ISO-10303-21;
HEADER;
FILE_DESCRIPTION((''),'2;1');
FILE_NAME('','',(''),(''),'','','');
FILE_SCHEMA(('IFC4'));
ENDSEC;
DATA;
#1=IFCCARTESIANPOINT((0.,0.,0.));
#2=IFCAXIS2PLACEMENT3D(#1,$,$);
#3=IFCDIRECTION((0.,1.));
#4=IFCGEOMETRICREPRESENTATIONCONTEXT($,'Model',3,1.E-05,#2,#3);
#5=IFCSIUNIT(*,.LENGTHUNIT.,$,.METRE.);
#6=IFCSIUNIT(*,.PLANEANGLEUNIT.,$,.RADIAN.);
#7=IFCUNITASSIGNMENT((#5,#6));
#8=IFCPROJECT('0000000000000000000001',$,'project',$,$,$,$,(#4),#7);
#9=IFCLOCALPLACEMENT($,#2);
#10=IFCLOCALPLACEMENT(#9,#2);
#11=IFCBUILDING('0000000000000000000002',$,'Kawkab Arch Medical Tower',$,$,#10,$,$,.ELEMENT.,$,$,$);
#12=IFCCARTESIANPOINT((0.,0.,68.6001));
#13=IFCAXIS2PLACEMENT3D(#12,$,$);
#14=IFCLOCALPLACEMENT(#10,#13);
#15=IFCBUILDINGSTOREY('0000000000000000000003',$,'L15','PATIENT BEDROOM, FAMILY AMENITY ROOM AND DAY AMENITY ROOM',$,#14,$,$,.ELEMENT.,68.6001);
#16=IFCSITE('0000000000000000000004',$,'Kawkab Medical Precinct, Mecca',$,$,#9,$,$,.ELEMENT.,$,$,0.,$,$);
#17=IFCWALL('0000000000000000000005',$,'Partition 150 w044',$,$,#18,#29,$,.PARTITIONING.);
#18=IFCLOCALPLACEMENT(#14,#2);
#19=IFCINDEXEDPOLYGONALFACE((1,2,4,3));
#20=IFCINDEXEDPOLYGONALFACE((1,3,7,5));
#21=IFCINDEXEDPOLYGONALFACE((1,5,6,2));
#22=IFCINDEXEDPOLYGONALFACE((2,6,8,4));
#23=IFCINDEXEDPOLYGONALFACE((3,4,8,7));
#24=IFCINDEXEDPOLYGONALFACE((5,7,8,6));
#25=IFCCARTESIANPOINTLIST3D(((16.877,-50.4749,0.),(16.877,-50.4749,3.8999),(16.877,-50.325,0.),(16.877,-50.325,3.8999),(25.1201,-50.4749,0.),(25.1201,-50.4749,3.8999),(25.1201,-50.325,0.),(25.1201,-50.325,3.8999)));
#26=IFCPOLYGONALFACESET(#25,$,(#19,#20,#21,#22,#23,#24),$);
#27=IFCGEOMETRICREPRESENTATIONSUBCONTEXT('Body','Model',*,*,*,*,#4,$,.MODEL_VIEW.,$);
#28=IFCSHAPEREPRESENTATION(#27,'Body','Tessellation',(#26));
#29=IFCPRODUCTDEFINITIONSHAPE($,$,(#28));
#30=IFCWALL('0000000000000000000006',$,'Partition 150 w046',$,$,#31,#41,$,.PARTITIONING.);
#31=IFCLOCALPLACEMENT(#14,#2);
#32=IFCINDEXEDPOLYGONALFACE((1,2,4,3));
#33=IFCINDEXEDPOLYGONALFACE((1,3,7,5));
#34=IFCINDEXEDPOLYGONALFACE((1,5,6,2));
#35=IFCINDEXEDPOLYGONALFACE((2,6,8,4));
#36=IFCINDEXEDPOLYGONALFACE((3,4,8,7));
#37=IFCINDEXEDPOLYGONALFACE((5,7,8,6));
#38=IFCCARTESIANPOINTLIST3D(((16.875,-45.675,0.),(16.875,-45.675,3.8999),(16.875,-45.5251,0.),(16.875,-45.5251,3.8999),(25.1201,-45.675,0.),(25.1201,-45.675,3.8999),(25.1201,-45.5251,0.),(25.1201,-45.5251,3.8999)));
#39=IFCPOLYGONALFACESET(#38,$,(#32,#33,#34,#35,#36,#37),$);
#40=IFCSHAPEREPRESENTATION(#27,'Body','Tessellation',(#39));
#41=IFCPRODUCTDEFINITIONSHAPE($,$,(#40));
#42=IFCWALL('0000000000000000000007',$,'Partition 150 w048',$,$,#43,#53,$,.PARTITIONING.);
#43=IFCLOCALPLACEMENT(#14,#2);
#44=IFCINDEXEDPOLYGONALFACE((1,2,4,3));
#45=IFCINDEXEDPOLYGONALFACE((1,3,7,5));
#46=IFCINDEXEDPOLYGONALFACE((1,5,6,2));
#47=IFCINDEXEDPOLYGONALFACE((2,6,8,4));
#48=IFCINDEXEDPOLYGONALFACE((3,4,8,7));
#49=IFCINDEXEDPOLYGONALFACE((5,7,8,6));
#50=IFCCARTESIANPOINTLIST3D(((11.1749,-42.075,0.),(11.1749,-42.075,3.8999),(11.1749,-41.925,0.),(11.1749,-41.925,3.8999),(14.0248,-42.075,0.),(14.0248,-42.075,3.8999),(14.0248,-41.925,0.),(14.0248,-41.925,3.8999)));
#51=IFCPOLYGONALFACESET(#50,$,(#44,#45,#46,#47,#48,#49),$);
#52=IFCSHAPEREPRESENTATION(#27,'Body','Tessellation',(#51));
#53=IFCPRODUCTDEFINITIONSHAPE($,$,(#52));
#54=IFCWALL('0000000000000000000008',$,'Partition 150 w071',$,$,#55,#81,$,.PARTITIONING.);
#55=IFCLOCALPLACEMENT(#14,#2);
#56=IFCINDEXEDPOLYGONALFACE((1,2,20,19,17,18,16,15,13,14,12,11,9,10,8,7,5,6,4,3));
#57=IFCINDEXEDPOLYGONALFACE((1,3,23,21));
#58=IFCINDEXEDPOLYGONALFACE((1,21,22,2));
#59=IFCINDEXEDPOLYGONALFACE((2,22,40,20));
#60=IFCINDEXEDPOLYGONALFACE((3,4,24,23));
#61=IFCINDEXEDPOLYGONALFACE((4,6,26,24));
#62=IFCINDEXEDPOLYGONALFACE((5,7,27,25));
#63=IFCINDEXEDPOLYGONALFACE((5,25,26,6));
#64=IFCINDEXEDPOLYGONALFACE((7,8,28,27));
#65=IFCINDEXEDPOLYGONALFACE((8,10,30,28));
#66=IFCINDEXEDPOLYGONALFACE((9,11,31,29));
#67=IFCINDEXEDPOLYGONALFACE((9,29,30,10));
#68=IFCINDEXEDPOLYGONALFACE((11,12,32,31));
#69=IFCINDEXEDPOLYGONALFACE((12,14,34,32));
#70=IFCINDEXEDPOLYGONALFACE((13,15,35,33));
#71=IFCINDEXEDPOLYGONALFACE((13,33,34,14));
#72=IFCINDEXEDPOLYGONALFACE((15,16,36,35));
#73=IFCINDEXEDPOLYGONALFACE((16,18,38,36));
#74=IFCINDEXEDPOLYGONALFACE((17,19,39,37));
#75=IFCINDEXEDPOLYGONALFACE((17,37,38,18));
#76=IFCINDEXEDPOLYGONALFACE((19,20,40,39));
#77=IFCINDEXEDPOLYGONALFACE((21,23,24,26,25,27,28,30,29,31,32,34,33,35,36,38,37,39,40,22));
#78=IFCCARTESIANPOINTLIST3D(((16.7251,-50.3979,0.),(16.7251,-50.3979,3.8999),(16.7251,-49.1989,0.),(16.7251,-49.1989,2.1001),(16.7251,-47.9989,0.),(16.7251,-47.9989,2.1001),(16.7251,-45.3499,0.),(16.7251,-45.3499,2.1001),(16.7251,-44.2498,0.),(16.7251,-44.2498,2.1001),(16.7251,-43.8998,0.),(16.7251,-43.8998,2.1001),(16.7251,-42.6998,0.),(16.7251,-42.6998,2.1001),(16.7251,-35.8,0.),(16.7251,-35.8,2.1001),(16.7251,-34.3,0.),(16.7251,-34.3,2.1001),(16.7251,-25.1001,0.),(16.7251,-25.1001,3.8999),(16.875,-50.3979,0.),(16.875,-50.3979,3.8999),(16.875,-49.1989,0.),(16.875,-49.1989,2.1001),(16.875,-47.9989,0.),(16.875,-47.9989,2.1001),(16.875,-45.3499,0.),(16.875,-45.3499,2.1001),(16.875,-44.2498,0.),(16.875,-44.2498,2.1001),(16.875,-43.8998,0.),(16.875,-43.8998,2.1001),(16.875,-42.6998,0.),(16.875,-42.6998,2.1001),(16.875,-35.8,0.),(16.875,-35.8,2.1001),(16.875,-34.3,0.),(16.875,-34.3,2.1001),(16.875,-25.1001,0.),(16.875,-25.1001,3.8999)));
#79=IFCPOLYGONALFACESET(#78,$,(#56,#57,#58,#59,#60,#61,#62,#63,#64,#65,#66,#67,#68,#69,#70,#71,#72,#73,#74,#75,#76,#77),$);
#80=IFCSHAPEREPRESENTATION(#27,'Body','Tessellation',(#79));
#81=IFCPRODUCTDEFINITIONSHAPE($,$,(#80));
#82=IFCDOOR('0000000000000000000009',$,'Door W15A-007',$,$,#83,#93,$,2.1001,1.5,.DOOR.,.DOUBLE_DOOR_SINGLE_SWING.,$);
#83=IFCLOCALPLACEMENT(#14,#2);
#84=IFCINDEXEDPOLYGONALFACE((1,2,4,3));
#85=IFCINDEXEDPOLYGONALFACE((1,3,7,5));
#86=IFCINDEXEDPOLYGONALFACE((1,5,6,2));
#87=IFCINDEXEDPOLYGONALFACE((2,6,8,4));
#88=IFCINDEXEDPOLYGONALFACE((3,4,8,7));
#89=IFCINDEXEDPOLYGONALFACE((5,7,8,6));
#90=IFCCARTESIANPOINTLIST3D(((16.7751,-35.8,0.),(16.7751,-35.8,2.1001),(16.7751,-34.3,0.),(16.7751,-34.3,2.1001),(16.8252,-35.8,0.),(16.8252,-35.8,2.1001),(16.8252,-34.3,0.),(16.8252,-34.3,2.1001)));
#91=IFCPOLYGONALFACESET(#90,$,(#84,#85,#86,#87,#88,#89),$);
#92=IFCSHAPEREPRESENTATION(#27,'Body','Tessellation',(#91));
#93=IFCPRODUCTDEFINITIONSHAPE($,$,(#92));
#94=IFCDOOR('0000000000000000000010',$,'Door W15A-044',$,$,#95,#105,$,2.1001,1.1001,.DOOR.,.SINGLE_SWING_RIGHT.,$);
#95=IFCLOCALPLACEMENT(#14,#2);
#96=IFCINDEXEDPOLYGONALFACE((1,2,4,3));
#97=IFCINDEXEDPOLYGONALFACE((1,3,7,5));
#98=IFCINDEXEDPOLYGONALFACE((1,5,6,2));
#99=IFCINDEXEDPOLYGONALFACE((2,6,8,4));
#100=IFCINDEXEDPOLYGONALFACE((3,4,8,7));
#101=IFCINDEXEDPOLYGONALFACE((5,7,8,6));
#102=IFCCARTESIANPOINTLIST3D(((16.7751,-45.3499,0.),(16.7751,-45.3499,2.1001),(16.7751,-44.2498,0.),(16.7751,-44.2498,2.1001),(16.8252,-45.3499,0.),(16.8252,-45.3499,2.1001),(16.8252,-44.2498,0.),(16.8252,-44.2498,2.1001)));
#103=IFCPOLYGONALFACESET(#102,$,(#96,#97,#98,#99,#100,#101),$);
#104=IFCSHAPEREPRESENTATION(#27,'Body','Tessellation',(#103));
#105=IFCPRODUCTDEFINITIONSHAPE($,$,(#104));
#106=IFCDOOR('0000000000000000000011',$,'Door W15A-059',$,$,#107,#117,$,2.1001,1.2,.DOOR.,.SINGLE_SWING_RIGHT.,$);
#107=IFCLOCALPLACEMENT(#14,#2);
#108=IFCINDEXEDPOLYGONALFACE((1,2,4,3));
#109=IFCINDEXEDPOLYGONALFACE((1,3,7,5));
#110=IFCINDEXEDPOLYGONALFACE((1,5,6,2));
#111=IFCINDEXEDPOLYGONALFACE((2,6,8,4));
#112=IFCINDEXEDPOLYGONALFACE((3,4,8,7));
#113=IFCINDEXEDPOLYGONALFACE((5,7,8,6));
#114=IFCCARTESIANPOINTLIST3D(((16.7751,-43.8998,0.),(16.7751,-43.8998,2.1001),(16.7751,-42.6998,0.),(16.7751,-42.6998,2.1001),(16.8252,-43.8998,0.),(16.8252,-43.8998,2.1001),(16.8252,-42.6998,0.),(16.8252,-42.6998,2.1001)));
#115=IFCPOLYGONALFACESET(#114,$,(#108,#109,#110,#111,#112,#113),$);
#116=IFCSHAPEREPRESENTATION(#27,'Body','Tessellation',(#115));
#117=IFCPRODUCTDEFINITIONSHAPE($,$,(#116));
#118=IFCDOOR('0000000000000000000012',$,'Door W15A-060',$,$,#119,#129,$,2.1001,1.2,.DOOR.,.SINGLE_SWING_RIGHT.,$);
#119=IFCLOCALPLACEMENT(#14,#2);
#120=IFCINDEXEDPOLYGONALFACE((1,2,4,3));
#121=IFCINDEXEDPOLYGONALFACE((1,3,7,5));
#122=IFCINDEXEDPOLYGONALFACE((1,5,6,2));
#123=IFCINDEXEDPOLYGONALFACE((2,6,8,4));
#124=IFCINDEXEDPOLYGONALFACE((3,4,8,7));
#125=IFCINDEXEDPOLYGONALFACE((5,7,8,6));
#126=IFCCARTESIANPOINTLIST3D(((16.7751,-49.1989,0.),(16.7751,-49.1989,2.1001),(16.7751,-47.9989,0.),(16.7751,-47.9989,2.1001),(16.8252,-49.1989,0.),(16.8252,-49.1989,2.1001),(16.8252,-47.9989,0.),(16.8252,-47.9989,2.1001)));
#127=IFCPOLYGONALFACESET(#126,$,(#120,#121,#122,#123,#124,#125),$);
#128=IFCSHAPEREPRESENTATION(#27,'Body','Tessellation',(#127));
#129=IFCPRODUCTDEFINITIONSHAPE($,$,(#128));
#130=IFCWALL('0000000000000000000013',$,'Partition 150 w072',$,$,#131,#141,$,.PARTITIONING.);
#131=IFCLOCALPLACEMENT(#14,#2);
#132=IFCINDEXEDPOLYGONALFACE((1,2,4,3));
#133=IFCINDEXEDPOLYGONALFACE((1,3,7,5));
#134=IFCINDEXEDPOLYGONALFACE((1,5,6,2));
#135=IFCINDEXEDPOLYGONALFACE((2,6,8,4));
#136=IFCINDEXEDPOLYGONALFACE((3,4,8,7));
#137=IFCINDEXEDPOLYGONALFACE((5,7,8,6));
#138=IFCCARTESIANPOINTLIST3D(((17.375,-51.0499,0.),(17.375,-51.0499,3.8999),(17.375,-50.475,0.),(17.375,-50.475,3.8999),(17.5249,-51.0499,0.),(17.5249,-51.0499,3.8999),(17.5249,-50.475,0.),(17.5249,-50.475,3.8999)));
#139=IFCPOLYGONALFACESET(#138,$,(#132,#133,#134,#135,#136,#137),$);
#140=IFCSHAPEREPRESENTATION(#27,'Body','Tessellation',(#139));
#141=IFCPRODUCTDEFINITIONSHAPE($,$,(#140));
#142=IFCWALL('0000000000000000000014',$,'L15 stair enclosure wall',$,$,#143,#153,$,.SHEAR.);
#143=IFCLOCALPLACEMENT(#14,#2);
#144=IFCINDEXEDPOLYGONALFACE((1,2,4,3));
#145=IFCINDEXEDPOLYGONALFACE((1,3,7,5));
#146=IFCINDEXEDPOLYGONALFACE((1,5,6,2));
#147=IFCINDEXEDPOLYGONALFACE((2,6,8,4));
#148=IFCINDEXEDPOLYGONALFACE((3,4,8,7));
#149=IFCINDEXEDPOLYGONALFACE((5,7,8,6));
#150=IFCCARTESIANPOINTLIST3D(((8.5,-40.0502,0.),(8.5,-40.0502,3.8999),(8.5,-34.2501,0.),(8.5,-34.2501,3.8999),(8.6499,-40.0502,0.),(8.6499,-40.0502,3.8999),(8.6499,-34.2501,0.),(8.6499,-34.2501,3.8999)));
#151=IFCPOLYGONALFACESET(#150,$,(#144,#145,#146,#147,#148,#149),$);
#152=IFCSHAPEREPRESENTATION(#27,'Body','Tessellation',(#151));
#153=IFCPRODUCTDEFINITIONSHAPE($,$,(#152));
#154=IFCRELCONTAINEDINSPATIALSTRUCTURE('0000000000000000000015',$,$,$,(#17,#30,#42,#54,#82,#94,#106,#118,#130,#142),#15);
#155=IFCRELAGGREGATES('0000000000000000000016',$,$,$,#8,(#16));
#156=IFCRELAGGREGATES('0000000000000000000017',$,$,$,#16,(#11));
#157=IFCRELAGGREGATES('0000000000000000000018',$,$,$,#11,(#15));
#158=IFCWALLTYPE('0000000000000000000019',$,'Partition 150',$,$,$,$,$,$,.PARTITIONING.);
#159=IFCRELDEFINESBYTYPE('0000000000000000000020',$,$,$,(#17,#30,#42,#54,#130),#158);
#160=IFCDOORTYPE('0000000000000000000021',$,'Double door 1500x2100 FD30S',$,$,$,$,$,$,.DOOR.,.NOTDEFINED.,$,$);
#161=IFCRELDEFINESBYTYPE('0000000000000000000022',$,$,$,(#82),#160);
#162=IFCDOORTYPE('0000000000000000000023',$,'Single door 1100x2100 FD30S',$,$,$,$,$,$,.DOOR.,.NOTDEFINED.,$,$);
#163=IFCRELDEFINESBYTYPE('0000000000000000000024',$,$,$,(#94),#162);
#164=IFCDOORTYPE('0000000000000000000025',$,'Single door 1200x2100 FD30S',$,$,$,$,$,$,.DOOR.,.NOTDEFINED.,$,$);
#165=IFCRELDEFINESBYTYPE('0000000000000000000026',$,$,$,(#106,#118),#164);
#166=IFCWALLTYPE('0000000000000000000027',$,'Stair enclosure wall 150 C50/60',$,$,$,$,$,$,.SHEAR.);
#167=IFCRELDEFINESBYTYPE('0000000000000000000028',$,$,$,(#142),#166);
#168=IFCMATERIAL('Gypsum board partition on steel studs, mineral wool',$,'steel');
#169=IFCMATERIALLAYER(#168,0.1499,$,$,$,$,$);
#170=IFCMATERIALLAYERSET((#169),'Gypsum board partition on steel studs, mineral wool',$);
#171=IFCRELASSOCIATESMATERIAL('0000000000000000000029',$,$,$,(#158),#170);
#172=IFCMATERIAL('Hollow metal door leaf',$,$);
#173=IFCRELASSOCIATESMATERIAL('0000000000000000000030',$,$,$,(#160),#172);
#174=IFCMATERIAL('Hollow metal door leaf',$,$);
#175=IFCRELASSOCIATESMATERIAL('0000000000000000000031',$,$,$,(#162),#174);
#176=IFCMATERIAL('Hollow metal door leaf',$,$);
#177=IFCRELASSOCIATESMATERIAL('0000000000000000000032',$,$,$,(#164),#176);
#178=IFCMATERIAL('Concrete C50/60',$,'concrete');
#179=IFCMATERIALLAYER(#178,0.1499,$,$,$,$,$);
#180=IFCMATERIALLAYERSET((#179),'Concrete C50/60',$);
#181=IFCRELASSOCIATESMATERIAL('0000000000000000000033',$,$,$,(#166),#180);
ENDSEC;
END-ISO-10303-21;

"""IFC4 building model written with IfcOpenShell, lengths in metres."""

from ifc_helpers import new_model, si_unit, direction, frame, frame_2d, origin, place, context, subcontext, project, spatial, rectangle, extrude, material, layer, layer_set, type_object, element, fill, save


model = new_model("IFC4")

# Units and contexts
model_context = context("Model", 3, precision=1e-05, world=origin(), true_north=direction((0.0, 1.0)))
body_context = subcontext(model_context, "Body", "Model", "MODEL_VIEW")
ifc_project = project(units=[si_unit("LENGTHUNIT", "METRE"), si_unit("PLANEANGLEUNIT", "RADIAN")], contexts=[model_context])

# Site, building, storey
site_placement = place(None, origin())
site = spatial("IfcSite", under=ifc_project, at=site_placement, Name="Kawkab Medical Precinct, Mecca", CompositionType="ELEMENT", RefElevation=0.0)
building_placement = place(site_placement, origin())
building = spatial("IfcBuilding", under=site, at=building_placement, Name="Kawkab Arch Medical Tower", CompositionType="ELEMENT")
storey_placement = place(building_placement, frame((0.0, 0.0, 68.6001)))
storey = spatial("IfcBuildingStorey", under=building, at=storey_placement, Name="L15", Description="PATIENT BEDROOM, FAMILY AMENITY ROOM AND DAY AMENITY ROOM", CompositionType="ELEMENT", Elevation=68.6001)

# Walls
ifc_material_1 = material(Name="Gypsum board partition on steel studs, mineral wool", Category="steel")
ifc_layer_1 = layer(ifc_material_1, 0.1499)
ifc_layer_set_1 = layer_set([ifc_layer_1], Name="Gypsum board partition on steel studs, mineral wool")
wall_type_1 = type_object("IfcWallType", Name="Partition 150", PredefinedType="PARTITIONING", material=ifc_layer_set_1)
wall_1_placement = place(storey_placement, frame((16.877, -50.3999, 0.0), z_axis=(0.0, 0.0, 1.0), x_axis=(1.0, 0.0, 0.0)))
element("IfcWall", 1, at=wall_1_placement, inside=storey, type_object=wall_type_1, Name="Partition 150 w044", PredefinedType="PARTITIONING", context=body_context, shape_type="SweptSolid", body=[
    extrude(rectangle(XDim=8.2432, YDim=0.1499, at=frame_2d((4.1216, 0.0))), origin(), (0.0, 0.0, 1.0), 3.8999),
])
wall_2_placement = place(storey_placement, frame((16.875, -45.6001, 0.0), z_axis=(0.0, 0.0, 1.0), x_axis=(1.0, 0.0, 0.0)))
element("IfcWall", 2, at=wall_2_placement, inside=storey, type_object=wall_type_1, Name="Partition 150 w046", PredefinedType="PARTITIONING", context=body_context, shape_type="SweptSolid", body=[
    extrude(rectangle(XDim=8.2451, YDim=0.1499, at=frame_2d((4.1226, 0.0))), origin(), (0.0, 0.0, 1.0), 3.8999),
])
wall_3_placement = place(storey_placement, frame((11.175, -42.0, 0.0), z_axis=(0.0, 0.0, 1.0), x_axis=(1.0, 0.0, 0.0)))
element("IfcWall", 3, at=wall_3_placement, inside=storey, type_object=wall_type_1, Name="Partition 150 w048", PredefinedType="PARTITIONING", context=body_context, shape_type="SweptSolid", body=[
    extrude(rectangle(XDim=2.8499, YDim=0.1499, at=frame_2d((1.4248, 0.0))), origin(), (0.0, 0.0, 1.0), 3.8999),
])

# Wall, openings, doors
wall_4_placement = place(storey_placement, frame((16.8, -50.3979, 0.0), z_axis=(0.0, 0.0, 1.0), x_axis=(0.0, 1.0, 0.0)))
wall_4 = element("IfcWall", 4, at=wall_4_placement, inside=storey, type_object=wall_type_1, Name="Partition 150 w071", PredefinedType="PARTITIONING", context=body_context, shape_type="SweptSolid", body=[
    extrude(rectangle(XDim=25.2979, YDim=0.1499, at=frame_2d((12.6489, 0.0))), origin(), (0.0, 0.0, 1.0), 3.8999),
])
opening_1_placement = place(wall_4_placement, frame((14.5979, 0.0, 0.0)))
opening_1 = element("IfcOpeningElement", 5, at=opening_1_placement, cuts=wall_4, PredefinedType="OPENING", context=body_context, shape_type="SweptSolid", body=[
    extrude(rectangle(XDim=1.5, YDim=2.1001, at=frame_2d((0.75, 1.05))), frame((0.0, 0.085, 0.0), z_axis=(0.0, -1.0, 0.0), x_axis=(1.0, 0.0, 0.0)), (0.0, 0.0, 1.0), 0.1699),
])
opening_2_placement = place(wall_4_placement, frame((6.498, 0.0, 0.0)))
opening_2 = element("IfcOpeningElement", 6, at=opening_2_placement, cuts=wall_4, PredefinedType="OPENING", context=body_context, shape_type="SweptSolid", body=[
    extrude(rectangle(XDim=1.2, YDim=2.1001, at=frame_2d((0.6001, 1.05))), frame((0.0, 0.085, 0.0), z_axis=(0.0, -1.0, 0.0), x_axis=(1.0, 0.0, 0.0)), (0.0, 0.0, 1.0), 0.1699),
])
opening_3_placement = place(wall_4_placement, frame((5.0481, 0.0, 0.0)))
opening_3 = element("IfcOpeningElement", 7, at=opening_3_placement, cuts=wall_4, PredefinedType="OPENING", context=body_context, shape_type="SweptSolid", body=[
    extrude(rectangle(XDim=1.1001, YDim=2.1001, at=frame_2d((0.55, 1.05))), frame((0.0, 0.085, 0.0), z_axis=(0.0, -1.0, 0.0), x_axis=(1.0, 0.0, 0.0)), (0.0, 0.0, 1.0), 0.1699),
])
opening_4_placement = place(wall_4_placement, frame((1.199, 0.0, 0.0)))
opening_4 = element("IfcOpeningElement", 8, at=opening_4_placement, cuts=wall_4, PredefinedType="OPENING", context=body_context, shape_type="SweptSolid", body=[
    extrude(rectangle(XDim=1.2, YDim=2.1001, at=frame_2d((0.6001, 1.05))), frame((0.0, 0.085, 0.0), z_axis=(0.0, -1.0, 0.0), x_axis=(1.0, 0.0, 0.0)), (0.0, 0.0, 1.0), 0.1699),
])
ifc_material_2 = material(Name="Hollow metal door leaf")
door_type_1 = type_object("IfcDoorType", Name="Double door 1500x2100 FD30S", OperationType="NOTDEFINED", PredefinedType="DOOR", material=ifc_material_2)
door_1_placement = place(opening_1_placement, origin())
door_1 = element("IfcDoor", 9, at=door_1_placement, inside=storey, type_object=door_type_1, Name="Door W15A-007", OperationType="DOUBLE_DOOR_SINGLE_SWING", OverallHeight=2.1001, OverallWidth=1.5, PredefinedType="DOOR", context=body_context, shape_type="SweptSolid", body=[
    extrude(rectangle(XDim=1.5, YDim=2.1001, at=frame_2d((0.75, 1.05))), frame((0.0, 0.0249, 0.0), z_axis=(0.0, -1.0, 0.0), x_axis=(1.0, 0.0, 0.0)), (0.0, 0.0, 1.0), 0.05),
])
fill(opening_1, door_1)
ifc_material_3 = material(Name="Hollow metal door leaf")
door_type_2 = type_object("IfcDoorType", Name="Single door 1100x2100 FD30S", OperationType="NOTDEFINED", PredefinedType="DOOR", material=ifc_material_3)
door_2_placement = place(opening_3_placement, origin())
door_2 = element("IfcDoor", 10, at=door_2_placement, inside=storey, type_object=door_type_2, Name="Door W15A-044", OperationType="SINGLE_SWING_RIGHT", OverallHeight=2.1001, OverallWidth=1.1001, PredefinedType="DOOR", context=body_context, shape_type="SweptSolid", body=[
    extrude(rectangle(XDim=1.1001, YDim=2.1001, at=frame_2d((0.55, 1.05))), frame((0.0, 0.0249, 0.0), z_axis=(0.0, -1.0, 0.0), x_axis=(1.0, 0.0, 0.0)), (0.0, 0.0, 1.0), 0.05),
])
fill(opening_3, door_2)
ifc_material_4 = material(Name="Hollow metal door leaf")
door_type_3 = type_object("IfcDoorType", Name="Single door 1200x2100 FD30S", OperationType="NOTDEFINED", PredefinedType="DOOR", material=ifc_material_4)
door_3_placement = place(opening_2_placement, origin())
door_3 = element("IfcDoor", 11, at=door_3_placement, inside=storey, type_object=door_type_3, Name="Door W15A-059", OperationType="SINGLE_SWING_RIGHT", OverallHeight=2.1001, OverallWidth=1.2, PredefinedType="DOOR", context=body_context, shape_type="SweptSolid", body=[
    extrude(rectangle(XDim=1.2, YDim=2.1001, at=frame_2d((0.6001, 1.05))), frame((0.0, 0.0249, 0.0), z_axis=(0.0, -1.0, 0.0), x_axis=(1.0, 0.0, 0.0)), (0.0, 0.0, 1.0), 0.05),
])
fill(opening_2, door_3)
door_4_placement = place(opening_4_placement, origin())
door_4 = element("IfcDoor", 12, at=door_4_placement, inside=storey, type_object=door_type_3, Name="Door W15A-060", OperationType="SINGLE_SWING_RIGHT", OverallHeight=2.1001, OverallWidth=1.2, PredefinedType="DOOR", context=body_context, shape_type="SweptSolid", body=[
    extrude(rectangle(XDim=1.2, YDim=2.1001, at=frame_2d((0.6001, 1.05))), frame((0.0, 0.0249, 0.0), z_axis=(0.0, -1.0, 0.0), x_axis=(1.0, 0.0, 0.0)), (0.0, 0.0, 1.0), 0.05),
])
fill(opening_4, door_4)

# Walls
wall_5_placement = place(storey_placement, frame((17.45, -51.05, 0.0), z_axis=(0.0, 0.0, 1.0), x_axis=(0.0, 1.0, 0.0)))
element("IfcWall", 13, at=wall_5_placement, inside=storey, type_object=wall_type_1, Name="Partition 150 w072", PredefinedType="PARTITIONING", context=body_context, shape_type="SweptSolid", body=[
    extrude(rectangle(XDim=0.575, YDim=0.1499, at=frame_2d((0.2876, 0.0))), origin(), (0.0, 0.0, 1.0), 3.8999),
])
ifc_material_5 = material(Name="Concrete C50/60", Category="concrete")
ifc_layer_2 = layer(ifc_material_5, 0.1499)
ifc_layer_set_2 = layer_set([ifc_layer_2], Name="Concrete C50/60")
wall_type_2 = type_object("IfcWallType", Name="Stair enclosure wall 150 C50/60", PredefinedType="SHEAR", material=ifc_layer_set_2)
wall_6_placement = place(storey_placement, frame((8.575, -40.05, 0.0), z_axis=(0.0, 0.0, 1.0), x_axis=(0.0, 1.0, 0.0)))
element("IfcWall", 14, at=wall_6_placement, inside=storey, type_object=wall_type_2, Name="L15 stair enclosure wall", PredefinedType="SHEAR", context=body_context, shape_type="SweptSolid", body=[
    extrude(rectangle(XDim=5.8, YDim=0.1499, at=frame_2d((2.8999, 0.0))), origin(), (0.0, 0.0, 1.0), 3.8999),
])

save(model, "model.ifc")
